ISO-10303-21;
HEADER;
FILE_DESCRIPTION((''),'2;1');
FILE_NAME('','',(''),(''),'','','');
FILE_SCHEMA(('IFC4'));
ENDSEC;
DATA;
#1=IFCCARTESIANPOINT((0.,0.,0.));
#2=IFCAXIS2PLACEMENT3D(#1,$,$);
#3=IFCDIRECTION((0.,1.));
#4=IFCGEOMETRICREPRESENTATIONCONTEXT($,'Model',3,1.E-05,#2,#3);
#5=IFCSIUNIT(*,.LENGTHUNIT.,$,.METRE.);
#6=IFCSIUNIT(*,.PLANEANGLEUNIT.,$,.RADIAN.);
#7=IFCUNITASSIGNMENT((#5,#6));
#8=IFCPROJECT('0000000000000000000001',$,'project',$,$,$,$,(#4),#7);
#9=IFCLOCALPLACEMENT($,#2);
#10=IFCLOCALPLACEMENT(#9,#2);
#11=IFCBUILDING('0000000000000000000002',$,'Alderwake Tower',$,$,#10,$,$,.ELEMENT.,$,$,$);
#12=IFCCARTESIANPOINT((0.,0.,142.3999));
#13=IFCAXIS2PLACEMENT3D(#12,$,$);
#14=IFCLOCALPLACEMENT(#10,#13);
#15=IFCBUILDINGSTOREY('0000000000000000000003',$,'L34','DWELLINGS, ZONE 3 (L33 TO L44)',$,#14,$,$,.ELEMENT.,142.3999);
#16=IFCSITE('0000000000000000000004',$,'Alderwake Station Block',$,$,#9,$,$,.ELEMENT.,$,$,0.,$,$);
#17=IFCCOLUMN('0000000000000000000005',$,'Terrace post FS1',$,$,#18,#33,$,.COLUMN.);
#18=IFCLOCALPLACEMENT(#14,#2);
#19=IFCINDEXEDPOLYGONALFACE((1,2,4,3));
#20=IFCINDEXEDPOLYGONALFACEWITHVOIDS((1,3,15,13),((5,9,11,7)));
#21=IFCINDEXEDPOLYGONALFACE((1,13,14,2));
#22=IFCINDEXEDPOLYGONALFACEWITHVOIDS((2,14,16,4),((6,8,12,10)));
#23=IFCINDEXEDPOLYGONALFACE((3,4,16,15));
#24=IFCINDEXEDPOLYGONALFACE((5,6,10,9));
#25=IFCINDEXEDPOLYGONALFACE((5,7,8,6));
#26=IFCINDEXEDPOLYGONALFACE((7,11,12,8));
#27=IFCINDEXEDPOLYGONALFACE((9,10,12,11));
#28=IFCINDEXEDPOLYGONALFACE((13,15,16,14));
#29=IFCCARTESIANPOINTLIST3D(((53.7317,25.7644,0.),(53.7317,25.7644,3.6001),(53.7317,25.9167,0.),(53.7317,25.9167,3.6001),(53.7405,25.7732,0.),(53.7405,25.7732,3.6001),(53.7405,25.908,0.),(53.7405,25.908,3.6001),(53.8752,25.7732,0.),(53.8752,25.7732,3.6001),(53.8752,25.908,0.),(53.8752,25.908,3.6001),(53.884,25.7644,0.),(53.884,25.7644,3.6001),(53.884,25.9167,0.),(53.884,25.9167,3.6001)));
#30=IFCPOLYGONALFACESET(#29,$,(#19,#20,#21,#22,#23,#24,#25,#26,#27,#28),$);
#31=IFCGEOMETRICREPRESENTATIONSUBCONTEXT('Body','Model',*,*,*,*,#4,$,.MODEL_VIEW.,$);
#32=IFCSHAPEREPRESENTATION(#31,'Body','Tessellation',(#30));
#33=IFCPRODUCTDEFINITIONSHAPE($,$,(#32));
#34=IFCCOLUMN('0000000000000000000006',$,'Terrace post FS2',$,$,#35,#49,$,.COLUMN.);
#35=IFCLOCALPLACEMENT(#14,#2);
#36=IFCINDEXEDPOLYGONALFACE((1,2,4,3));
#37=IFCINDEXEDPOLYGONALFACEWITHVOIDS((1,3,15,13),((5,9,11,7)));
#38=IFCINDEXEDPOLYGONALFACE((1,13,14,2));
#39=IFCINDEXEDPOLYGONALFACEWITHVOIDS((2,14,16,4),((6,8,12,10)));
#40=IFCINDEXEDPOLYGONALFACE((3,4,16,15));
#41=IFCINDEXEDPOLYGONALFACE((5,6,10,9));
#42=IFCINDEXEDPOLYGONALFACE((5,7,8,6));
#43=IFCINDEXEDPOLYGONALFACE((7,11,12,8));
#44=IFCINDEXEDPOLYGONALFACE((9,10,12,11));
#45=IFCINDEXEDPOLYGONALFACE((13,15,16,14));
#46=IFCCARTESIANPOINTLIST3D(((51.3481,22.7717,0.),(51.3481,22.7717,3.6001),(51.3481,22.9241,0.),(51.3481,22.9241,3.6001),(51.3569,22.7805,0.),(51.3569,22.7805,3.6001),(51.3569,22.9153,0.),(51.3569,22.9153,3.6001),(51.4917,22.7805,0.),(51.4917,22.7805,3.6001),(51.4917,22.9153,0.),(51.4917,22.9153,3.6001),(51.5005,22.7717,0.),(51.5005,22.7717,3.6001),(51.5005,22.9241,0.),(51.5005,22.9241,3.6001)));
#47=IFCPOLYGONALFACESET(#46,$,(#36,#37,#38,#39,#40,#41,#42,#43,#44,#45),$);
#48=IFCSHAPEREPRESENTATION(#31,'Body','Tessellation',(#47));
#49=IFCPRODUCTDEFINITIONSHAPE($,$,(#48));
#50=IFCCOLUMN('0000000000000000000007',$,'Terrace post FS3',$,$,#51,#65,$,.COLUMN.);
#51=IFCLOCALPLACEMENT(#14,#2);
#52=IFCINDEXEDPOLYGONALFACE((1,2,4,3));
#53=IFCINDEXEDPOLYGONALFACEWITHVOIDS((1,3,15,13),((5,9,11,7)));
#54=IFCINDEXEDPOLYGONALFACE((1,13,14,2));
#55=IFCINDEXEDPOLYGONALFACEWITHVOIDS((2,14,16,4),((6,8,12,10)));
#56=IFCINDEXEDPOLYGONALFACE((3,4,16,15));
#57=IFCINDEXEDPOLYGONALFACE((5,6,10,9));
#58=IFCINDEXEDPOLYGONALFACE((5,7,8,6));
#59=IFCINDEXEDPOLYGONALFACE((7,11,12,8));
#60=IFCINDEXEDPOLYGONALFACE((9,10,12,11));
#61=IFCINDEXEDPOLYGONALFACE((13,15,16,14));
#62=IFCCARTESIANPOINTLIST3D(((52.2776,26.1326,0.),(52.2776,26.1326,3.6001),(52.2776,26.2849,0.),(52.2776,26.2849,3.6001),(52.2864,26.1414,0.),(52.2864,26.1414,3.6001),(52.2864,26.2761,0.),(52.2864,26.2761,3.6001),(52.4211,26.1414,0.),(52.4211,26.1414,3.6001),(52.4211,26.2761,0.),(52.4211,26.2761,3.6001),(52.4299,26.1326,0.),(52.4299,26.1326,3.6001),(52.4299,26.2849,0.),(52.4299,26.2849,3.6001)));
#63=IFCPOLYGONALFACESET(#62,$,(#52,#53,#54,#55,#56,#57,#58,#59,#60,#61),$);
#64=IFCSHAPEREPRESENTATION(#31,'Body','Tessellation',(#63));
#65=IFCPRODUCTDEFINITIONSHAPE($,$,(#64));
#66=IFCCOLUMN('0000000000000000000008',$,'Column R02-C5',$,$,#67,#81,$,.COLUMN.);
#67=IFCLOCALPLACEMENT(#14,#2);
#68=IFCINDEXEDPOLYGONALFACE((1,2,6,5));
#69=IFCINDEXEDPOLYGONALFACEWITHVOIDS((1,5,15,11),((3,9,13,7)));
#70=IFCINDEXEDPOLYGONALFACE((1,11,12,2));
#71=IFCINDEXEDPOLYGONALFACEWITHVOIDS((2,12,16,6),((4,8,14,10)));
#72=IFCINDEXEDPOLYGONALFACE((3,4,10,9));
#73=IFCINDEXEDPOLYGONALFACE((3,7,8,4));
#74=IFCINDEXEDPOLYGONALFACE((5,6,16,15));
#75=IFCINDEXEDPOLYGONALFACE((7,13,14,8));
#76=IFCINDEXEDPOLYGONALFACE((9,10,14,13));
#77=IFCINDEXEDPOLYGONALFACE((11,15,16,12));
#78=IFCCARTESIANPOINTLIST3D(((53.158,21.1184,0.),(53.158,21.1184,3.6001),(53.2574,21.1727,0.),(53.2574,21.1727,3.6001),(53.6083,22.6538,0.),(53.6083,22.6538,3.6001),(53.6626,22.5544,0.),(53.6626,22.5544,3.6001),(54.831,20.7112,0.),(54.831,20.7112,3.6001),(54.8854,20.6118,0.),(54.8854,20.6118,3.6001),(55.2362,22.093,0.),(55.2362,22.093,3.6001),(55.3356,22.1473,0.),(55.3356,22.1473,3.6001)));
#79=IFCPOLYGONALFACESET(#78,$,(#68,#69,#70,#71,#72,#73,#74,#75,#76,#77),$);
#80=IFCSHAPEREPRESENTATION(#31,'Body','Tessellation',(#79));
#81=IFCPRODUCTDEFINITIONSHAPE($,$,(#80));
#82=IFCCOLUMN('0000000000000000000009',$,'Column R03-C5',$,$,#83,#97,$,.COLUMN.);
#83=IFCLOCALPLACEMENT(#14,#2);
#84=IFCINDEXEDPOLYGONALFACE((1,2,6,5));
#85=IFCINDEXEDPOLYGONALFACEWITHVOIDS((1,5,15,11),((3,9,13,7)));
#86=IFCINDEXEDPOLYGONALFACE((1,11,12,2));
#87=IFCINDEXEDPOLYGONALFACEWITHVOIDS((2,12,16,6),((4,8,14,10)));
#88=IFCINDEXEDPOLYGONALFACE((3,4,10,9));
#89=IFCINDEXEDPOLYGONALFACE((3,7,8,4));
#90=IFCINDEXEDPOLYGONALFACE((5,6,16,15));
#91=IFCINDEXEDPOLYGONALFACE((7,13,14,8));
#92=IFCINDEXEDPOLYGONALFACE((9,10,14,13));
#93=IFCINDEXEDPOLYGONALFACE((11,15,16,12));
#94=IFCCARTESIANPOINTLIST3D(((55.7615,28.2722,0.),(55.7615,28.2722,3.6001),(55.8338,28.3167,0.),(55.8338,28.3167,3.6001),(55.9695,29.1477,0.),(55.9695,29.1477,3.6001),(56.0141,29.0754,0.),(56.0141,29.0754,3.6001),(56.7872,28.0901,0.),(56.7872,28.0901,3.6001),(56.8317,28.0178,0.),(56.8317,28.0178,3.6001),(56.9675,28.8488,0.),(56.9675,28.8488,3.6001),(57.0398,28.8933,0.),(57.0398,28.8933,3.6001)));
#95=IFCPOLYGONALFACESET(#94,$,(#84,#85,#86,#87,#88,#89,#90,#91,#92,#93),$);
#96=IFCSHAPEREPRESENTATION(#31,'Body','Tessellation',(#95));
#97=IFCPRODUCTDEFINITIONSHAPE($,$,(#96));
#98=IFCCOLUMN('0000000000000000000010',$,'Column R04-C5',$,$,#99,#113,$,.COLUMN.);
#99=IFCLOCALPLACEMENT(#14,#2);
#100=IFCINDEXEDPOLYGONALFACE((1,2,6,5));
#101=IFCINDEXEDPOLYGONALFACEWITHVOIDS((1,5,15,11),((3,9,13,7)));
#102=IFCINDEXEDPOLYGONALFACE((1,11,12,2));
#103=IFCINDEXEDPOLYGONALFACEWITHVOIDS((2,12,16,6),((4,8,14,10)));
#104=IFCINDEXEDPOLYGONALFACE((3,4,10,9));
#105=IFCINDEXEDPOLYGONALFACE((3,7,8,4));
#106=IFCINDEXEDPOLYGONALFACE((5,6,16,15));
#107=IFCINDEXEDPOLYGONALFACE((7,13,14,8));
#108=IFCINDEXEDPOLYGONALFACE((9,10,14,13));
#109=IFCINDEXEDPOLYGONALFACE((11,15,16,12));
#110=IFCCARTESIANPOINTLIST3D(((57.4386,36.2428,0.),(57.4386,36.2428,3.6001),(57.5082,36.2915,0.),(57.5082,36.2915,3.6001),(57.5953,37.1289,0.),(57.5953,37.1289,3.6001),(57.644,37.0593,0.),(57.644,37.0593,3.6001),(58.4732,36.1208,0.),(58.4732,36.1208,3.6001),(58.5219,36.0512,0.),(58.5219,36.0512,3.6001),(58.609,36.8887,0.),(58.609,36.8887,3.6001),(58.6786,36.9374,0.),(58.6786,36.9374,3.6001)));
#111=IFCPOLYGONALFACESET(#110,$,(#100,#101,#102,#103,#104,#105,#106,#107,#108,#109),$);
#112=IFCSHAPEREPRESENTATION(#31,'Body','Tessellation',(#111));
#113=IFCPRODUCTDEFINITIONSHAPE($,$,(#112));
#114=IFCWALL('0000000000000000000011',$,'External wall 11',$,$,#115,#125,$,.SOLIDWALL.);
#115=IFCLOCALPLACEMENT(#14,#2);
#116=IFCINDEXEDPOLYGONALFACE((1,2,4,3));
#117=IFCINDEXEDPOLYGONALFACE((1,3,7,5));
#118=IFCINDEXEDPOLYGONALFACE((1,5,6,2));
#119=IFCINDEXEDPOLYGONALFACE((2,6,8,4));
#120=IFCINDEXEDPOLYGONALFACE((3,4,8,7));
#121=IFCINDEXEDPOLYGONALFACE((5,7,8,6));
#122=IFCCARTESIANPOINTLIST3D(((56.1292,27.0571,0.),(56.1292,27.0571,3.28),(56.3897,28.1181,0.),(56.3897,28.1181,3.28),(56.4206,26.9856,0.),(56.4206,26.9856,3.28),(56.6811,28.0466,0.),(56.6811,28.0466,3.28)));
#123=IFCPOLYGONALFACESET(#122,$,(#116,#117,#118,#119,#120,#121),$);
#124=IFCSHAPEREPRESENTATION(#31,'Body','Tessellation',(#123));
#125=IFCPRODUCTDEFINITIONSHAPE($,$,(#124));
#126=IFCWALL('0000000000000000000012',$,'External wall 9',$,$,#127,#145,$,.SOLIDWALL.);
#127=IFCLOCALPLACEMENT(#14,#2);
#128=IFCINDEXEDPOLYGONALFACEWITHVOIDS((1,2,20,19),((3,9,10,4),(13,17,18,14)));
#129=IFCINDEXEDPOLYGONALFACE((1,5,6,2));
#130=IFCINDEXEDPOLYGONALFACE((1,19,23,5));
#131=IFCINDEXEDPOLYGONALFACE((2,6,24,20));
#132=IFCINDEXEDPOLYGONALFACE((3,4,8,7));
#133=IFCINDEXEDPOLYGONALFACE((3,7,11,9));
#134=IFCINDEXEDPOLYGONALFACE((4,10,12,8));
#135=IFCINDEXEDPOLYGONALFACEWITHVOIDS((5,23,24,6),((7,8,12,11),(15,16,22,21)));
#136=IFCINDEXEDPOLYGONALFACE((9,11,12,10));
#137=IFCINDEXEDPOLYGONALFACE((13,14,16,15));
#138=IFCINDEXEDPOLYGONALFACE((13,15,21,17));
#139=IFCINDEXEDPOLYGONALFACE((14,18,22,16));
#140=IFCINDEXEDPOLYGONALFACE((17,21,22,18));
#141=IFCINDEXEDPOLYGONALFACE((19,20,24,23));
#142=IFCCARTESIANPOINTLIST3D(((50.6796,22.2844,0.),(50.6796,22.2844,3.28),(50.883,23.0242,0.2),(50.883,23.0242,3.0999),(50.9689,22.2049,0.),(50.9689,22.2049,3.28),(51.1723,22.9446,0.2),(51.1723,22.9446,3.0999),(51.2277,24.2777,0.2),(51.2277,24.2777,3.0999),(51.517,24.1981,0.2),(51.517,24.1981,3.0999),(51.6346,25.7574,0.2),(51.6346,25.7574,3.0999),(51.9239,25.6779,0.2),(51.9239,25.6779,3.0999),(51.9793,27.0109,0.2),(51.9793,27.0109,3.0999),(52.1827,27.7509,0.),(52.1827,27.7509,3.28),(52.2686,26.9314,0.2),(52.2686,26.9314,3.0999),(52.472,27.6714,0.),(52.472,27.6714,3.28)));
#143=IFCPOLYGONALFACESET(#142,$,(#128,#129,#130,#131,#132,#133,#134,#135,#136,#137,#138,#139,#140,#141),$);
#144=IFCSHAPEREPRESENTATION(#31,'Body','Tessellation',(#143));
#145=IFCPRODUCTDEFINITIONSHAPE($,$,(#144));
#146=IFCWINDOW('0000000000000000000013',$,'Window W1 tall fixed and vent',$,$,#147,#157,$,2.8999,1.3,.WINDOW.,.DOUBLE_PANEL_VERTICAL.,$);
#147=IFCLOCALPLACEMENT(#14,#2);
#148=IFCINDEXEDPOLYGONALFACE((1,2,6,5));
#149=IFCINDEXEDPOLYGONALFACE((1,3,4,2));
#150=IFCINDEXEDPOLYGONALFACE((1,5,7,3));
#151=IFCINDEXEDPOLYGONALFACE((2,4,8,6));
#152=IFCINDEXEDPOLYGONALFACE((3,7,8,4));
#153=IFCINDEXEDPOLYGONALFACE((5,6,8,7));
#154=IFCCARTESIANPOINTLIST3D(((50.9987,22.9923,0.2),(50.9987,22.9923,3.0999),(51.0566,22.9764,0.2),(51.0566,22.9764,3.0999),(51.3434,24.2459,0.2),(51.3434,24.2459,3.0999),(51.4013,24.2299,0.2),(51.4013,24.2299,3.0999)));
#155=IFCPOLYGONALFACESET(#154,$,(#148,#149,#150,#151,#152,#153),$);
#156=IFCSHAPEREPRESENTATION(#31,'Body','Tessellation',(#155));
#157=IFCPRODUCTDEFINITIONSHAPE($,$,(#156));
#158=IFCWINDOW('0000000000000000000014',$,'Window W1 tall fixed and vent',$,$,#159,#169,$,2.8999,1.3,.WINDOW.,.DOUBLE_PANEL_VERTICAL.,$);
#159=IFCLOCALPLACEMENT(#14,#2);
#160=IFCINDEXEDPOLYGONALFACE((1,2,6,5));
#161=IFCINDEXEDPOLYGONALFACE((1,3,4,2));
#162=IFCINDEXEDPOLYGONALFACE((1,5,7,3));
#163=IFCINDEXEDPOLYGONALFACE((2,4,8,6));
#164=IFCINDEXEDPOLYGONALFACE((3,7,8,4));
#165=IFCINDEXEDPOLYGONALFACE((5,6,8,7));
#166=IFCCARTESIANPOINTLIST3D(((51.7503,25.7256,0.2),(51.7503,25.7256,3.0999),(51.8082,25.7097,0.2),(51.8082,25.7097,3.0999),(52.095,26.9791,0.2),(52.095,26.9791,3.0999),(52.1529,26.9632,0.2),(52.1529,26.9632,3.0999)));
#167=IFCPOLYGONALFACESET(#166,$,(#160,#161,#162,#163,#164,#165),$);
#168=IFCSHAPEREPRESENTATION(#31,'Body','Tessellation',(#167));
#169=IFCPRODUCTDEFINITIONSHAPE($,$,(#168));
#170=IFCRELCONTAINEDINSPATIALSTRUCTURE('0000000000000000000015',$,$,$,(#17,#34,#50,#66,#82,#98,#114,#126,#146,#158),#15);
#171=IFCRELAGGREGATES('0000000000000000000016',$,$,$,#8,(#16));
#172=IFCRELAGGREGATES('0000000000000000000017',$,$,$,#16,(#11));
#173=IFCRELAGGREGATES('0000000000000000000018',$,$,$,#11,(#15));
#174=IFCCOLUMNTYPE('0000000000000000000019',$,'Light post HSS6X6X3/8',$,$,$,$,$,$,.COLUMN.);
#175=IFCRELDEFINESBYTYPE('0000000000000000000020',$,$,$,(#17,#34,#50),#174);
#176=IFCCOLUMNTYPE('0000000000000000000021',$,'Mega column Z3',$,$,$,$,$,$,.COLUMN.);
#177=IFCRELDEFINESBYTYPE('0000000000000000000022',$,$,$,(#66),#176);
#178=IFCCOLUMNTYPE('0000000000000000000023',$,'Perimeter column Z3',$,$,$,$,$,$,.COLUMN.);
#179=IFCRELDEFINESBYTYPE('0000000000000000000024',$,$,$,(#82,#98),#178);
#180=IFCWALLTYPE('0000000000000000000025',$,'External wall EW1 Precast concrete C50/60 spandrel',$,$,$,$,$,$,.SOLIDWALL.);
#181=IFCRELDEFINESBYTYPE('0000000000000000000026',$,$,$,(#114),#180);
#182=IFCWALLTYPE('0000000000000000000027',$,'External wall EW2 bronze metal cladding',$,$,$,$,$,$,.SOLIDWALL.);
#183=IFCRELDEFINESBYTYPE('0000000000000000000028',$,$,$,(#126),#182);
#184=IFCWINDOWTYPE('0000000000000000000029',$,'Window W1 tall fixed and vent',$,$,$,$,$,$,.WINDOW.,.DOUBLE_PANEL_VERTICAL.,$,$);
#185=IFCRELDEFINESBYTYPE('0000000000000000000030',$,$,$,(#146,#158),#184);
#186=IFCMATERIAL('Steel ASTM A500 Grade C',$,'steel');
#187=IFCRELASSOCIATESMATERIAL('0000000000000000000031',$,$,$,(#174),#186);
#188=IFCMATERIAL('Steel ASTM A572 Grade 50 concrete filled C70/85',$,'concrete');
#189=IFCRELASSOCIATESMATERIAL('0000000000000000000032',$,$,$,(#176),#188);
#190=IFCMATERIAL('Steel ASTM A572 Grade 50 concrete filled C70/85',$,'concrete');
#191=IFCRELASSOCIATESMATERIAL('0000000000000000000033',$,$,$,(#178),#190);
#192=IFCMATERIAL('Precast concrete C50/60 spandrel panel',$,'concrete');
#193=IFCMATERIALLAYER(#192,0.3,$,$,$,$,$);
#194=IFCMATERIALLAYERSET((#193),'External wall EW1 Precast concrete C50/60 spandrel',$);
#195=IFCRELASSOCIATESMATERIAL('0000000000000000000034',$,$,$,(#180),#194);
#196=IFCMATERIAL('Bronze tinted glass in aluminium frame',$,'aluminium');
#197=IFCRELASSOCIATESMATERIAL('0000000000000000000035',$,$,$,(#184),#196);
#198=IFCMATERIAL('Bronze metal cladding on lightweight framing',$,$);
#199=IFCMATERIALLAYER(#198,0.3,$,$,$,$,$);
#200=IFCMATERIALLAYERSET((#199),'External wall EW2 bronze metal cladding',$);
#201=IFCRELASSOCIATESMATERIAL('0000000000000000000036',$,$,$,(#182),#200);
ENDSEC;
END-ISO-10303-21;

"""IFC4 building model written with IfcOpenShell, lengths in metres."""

from ifc_helpers import new_model, si_unit, direction, frame, frame_2d, origin, origin_2d, place, context, subcontext, project, spatial, rectangle, hollow_rectangle, extrude, material, layer, layer_set, material_profile, profile_set, type_object, element, fill, save


model = new_model("IFC4")

# Units and contexts
model_context = context("Model", 3, precision=1e-05, world=origin(), true_north=direction((0.0, 1.0)))
body_context = subcontext(model_context, "Body", "Model", "MODEL_VIEW")
ifc_project = project(units=[si_unit("LENGTHUNIT", "METRE"), si_unit("PLANEANGLEUNIT", "RADIAN")], contexts=[model_context])

# Site, building, storey
site_placement = place(None, origin())
site = spatial("IfcSite", under=ifc_project, at=site_placement, Name="Alderwake Station Block", CompositionType="ELEMENT", RefElevation=0.0)
building_placement = place(site_placement, origin())
building = spatial("IfcBuilding", under=site, at=building_placement, Name="Alderwake Tower", CompositionType="ELEMENT")
storey_placement = place(building_placement, frame((0.0, 0.0, 142.3999)))
storey = spatial("IfcBuildingStorey", under=building, at=storey_placement, Name="L34", Description="DWELLINGS, ZONE 3 (L33 TO L44)", CompositionType="ELEMENT", Elevation=142.3999)

# Columns
ifc_material_1 = material(Name="Steel ASTM A500 Grade C", Category="steel")
ifc_material_profile_1 = material_profile(ifc_material_1, hollow_rectangle(XDim=0.1523, YDim=0.1523, WallThickness=0.0088, at=origin_2d()), Name="HSS6X6X3/8")
ifc_profile_set_1 = profile_set([ifc_material_profile_1], Name="Steel ASTM A500 Grade C")
column_type_1 = type_object("IfcColumnType", Name="Light post HSS6X6X3/8", PredefinedType="COLUMN", material=ifc_profile_set_1)
for number, where, z_axis, x_axis, name in (
    (1, (53.8079, 25.8406, 0.0), (0.0, 0.0, 1.0), (1.0, 0.0, 0.0), "Terrace post FS1"),
    (2, (51.4243, 22.8479, 0.0), (0.0, 0.0, 1.0), (1.0, 0.0, 0.0), "Terrace post FS2"),
    (3, (52.3538, 26.2087, 0.0), (0.0, 0.0, 1.0), (1.0, 0.0, 0.0), "Terrace post FS3"),
):
    element("IfcColumn", number, at=place(storey_placement, frame(where, z_axis=z_axis, x_axis=x_axis)), inside=storey, type_object=column_type_1, Name=name, PredefinedType="COLUMN", context=body_context, shape_type="SweptSolid", body=[
        extrude(hollow_rectangle(XDim=0.1523, YDim=0.1523, WallThickness=0.0088, at=origin_2d()), origin(), (0.0, 0.0, 1.0), 3.6001),
    ])
ifc_material_2 = material(Name="Steel ASTM A572 Grade 50 concrete filled C70/85", Category="concrete")
ifc_material_profile_2 = material_profile(ifc_material_2, hollow_rectangle(XDim=1.6001, YDim=1.8, WallThickness=0.0801, at=origin_2d()), Name="BOX 1800X1600X80")
ifc_profile_set_2 = profile_set([ifc_material_profile_2], Name="Steel ASTM A572 Grade 50 concrete filled C70/85")
column_type_2 = type_object("IfcColumnType", Name="Mega column Z3", PredefinedType="COLUMN", material=ifc_profile_set_2)
column_placement = place(storey_placement, frame((54.2468, 21.6328, 0.0), z_axis=(0.0, 0.0, 1.0), x_axis=(0.281395, 0.959592, 0.0)))
element("IfcColumn", 4, at=column_placement, inside=storey, type_object=column_type_2, Name="Column R02-C5", PredefinedType="COLUMN", context=body_context, shape_type="SweptSolid", body=[
    extrude(hollow_rectangle(XDim=1.6001, YDim=1.8, WallThickness=0.0801, at=origin_2d()), origin(), (0.0, 0.0, 1.0), 3.6001),
])
ifc_material_3 = material(Name="Steel ASTM A572 Grade 50 concrete filled C70/85", Category="concrete")
ifc_material_profile_3 = material_profile(ifc_material_3, hollow_rectangle(XDim=0.8999, YDim=1.1001, WallThickness=0.0601, at=origin_2d()), Name="BOX 1100X900X60")
ifc_profile_set_3 = profile_set([ifc_material_profile_3], Name="Steel ASTM A572 Grade 50 concrete filled C70/85")
column_type_3 = type_object("IfcColumnType", Name="Perimeter column Z3", PredefinedType="COLUMN", material=ifc_profile_set_3)
for number, where, z_axis, x_axis, name in (
    (5, (56.4006, 28.5828, 0.0), (0.0, 0.0, 1.0), (0.231222, 0.972901, 0.0), "Column R03-C5"),
    (6, (58.0586, 36.5901, 0.0), (0.0, 0.0, 1.0), (0.174109, 0.984726, 0.0), "Column R04-C5"),
):
    element("IfcColumn", number, at=place(storey_placement, frame(where, z_axis=z_axis, x_axis=x_axis)), inside=storey, type_object=column_type_3, Name=name, PredefinedType="COLUMN", context=body_context, shape_type="SweptSolid", body=[
        extrude(hollow_rectangle(XDim=0.8999, YDim=1.1001, WallThickness=0.0601, at=origin_2d()), origin(), (0.0, 0.0, 1.0), 3.6001),
    ])

# Wall
ifc_material_4 = material(Name="Precast concrete C50/60 spandrel panel", Category="concrete")
ifc_layer_1 = layer(ifc_material_4, 0.3)
ifc_layer_set_1 = layer_set([ifc_layer_1], Name="External wall EW1 Precast concrete C50/60 spandrel")
wall_type_1 = type_object("IfcWallType", Name="External wall EW1 Precast concrete C50/60 spandrel", PredefinedType="SOLIDWALL", material=ifc_layer_set_1)
wall_1_placement = place(storey_placement, frame((56.2749, 27.0212, 0.0), z_axis=(0.0, 0.0, 1.0), x_axis=(0.238432, 0.971159, 0.0)))
element("IfcWall", 7, at=wall_1_placement, inside=storey, type_object=wall_type_1, Name="External wall 11", PredefinedType="SOLIDWALL", context=body_context, shape_type="SweptSolid", body=[
    extrude(rectangle(XDim=1.0925, YDim=0.3, at=frame_2d((0.5464, 0.0))), origin(), (0.0, 0.0, 1.0), 3.28),
])

# Shared definitions
ifc_material_5 = material(Name="Bronze tinted glass in aluminium frame", Category="aluminium")
window_type = type_object("IfcWindowType", Name="Window W1 tall fixed and vent", PartitioningType="DOUBLE_PANEL_VERTICAL", PredefinedType="WINDOW", material=ifc_material_5)

# Wall, openings, windows
ifc_material_6 = material(Name="Bronze metal cladding on lightweight framing")
ifc_layer_2 = layer(ifc_material_6, 0.3)
ifc_layer_set_2 = layer_set([ifc_layer_2], Name="External wall EW2 bronze metal cladding")
wall_type_2 = type_object("IfcWallType", Name="External wall EW2 bronze metal cladding", PredefinedType="SOLIDWALL", material=ifc_layer_set_2)
wall_2_placement = place(storey_placement, frame((50.8242, 22.2446, 0.0), z_axis=(0.0, 0.0, 1.0), x_axis=(0.265135, 0.964211, 0.0)))
wall_2 = element("IfcWall", 8, at=wall_2_placement, inside=storey, type_object=wall_type_2, Name="External wall 9", PredefinedType="SOLIDWALL", context=body_context, shape_type="SweptSolid", body=[
    extrude(rectangle(XDim=5.6694, YDim=0.3, at=frame_2d((2.8347, 0.0))), origin(), (0.0, 0.0, 1.0), 3.28),
])
opening_1_placement = place(wall_2_placement, frame((0.7673, 0.0, 0.2)))
opening_1 = element("IfcOpeningElement", 9, at=opening_1_placement, cuts=wall_2, PredefinedType="OPENING", context=body_context, shape_type="SweptSolid", body=[
    extrude(rectangle(XDim=1.3, YDim=2.8999, at=frame_2d((0.6499, 1.45))), frame((0.0, 0.1599, 0.0), z_axis=(0.0, -1.0, 0.0), x_axis=(1.0, 0.0, 0.0)), (0.0, 0.0, 1.0), 0.3201),
])
opening_2_placement = place(wall_2_placement, frame((3.6021, 0.0, 0.2)))
opening_2 = element("IfcOpeningElement", 10, at=opening_2_placement, cuts=wall_2, PredefinedType="OPENING", context=body_context, shape_type="SweptSolid", body=[
    extrude(rectangle(XDim=1.3, YDim=2.8999, at=frame_2d((0.6499, 1.45))), frame((0.0, 0.1599, 0.0), z_axis=(0.0, -1.0, 0.0), x_axis=(1.0, 0.0, 0.0)), (0.0, 0.0, 1.0), 0.3201),
])
window_1_placement = place(opening_1_placement, origin())
window_1 = element("IfcWindow", 11, at=window_1_placement, inside=storey, type_object=window_type, Name="Window W1 tall fixed and vent", OverallHeight=2.8999, OverallWidth=1.3, PartitioningType="DOUBLE_PANEL_VERTICAL", PredefinedType="WINDOW", context=body_context, shape_type="SweptSolid", body=[
    extrude(rectangle(XDim=1.3, YDim=2.8999, at=frame_2d((0.6499, 1.45))), frame((0.0, 0.03, 0.0), z_axis=(0.0, -1.0, 0.0), x_axis=(1.0, 0.0, 0.0)), (0.0, 0.0, 1.0), 0.0601),
])
fill(opening_1, window_1)
window_2_placement = place(opening_2_placement, origin())
window_2 = element("IfcWindow", 12, at=window_2_placement, inside=storey, type_object=window_type, Name="Window W1 tall fixed and vent", OverallHeight=2.8999, OverallWidth=1.3, PartitioningType="DOUBLE_PANEL_VERTICAL", PredefinedType="WINDOW", context=body_context, shape_type="SweptSolid", body=[
    extrude(rectangle(XDim=1.3, YDim=2.8999, at=frame_2d((0.6499, 1.45))), frame((0.0, 0.03, 0.0), z_axis=(0.0, -1.0, 0.0), x_axis=(1.0, 0.0, 0.0)), (0.0, 0.0, 1.0), 0.0601),
])
fill(opening_2, window_2)

save(model, "model.ifc")
